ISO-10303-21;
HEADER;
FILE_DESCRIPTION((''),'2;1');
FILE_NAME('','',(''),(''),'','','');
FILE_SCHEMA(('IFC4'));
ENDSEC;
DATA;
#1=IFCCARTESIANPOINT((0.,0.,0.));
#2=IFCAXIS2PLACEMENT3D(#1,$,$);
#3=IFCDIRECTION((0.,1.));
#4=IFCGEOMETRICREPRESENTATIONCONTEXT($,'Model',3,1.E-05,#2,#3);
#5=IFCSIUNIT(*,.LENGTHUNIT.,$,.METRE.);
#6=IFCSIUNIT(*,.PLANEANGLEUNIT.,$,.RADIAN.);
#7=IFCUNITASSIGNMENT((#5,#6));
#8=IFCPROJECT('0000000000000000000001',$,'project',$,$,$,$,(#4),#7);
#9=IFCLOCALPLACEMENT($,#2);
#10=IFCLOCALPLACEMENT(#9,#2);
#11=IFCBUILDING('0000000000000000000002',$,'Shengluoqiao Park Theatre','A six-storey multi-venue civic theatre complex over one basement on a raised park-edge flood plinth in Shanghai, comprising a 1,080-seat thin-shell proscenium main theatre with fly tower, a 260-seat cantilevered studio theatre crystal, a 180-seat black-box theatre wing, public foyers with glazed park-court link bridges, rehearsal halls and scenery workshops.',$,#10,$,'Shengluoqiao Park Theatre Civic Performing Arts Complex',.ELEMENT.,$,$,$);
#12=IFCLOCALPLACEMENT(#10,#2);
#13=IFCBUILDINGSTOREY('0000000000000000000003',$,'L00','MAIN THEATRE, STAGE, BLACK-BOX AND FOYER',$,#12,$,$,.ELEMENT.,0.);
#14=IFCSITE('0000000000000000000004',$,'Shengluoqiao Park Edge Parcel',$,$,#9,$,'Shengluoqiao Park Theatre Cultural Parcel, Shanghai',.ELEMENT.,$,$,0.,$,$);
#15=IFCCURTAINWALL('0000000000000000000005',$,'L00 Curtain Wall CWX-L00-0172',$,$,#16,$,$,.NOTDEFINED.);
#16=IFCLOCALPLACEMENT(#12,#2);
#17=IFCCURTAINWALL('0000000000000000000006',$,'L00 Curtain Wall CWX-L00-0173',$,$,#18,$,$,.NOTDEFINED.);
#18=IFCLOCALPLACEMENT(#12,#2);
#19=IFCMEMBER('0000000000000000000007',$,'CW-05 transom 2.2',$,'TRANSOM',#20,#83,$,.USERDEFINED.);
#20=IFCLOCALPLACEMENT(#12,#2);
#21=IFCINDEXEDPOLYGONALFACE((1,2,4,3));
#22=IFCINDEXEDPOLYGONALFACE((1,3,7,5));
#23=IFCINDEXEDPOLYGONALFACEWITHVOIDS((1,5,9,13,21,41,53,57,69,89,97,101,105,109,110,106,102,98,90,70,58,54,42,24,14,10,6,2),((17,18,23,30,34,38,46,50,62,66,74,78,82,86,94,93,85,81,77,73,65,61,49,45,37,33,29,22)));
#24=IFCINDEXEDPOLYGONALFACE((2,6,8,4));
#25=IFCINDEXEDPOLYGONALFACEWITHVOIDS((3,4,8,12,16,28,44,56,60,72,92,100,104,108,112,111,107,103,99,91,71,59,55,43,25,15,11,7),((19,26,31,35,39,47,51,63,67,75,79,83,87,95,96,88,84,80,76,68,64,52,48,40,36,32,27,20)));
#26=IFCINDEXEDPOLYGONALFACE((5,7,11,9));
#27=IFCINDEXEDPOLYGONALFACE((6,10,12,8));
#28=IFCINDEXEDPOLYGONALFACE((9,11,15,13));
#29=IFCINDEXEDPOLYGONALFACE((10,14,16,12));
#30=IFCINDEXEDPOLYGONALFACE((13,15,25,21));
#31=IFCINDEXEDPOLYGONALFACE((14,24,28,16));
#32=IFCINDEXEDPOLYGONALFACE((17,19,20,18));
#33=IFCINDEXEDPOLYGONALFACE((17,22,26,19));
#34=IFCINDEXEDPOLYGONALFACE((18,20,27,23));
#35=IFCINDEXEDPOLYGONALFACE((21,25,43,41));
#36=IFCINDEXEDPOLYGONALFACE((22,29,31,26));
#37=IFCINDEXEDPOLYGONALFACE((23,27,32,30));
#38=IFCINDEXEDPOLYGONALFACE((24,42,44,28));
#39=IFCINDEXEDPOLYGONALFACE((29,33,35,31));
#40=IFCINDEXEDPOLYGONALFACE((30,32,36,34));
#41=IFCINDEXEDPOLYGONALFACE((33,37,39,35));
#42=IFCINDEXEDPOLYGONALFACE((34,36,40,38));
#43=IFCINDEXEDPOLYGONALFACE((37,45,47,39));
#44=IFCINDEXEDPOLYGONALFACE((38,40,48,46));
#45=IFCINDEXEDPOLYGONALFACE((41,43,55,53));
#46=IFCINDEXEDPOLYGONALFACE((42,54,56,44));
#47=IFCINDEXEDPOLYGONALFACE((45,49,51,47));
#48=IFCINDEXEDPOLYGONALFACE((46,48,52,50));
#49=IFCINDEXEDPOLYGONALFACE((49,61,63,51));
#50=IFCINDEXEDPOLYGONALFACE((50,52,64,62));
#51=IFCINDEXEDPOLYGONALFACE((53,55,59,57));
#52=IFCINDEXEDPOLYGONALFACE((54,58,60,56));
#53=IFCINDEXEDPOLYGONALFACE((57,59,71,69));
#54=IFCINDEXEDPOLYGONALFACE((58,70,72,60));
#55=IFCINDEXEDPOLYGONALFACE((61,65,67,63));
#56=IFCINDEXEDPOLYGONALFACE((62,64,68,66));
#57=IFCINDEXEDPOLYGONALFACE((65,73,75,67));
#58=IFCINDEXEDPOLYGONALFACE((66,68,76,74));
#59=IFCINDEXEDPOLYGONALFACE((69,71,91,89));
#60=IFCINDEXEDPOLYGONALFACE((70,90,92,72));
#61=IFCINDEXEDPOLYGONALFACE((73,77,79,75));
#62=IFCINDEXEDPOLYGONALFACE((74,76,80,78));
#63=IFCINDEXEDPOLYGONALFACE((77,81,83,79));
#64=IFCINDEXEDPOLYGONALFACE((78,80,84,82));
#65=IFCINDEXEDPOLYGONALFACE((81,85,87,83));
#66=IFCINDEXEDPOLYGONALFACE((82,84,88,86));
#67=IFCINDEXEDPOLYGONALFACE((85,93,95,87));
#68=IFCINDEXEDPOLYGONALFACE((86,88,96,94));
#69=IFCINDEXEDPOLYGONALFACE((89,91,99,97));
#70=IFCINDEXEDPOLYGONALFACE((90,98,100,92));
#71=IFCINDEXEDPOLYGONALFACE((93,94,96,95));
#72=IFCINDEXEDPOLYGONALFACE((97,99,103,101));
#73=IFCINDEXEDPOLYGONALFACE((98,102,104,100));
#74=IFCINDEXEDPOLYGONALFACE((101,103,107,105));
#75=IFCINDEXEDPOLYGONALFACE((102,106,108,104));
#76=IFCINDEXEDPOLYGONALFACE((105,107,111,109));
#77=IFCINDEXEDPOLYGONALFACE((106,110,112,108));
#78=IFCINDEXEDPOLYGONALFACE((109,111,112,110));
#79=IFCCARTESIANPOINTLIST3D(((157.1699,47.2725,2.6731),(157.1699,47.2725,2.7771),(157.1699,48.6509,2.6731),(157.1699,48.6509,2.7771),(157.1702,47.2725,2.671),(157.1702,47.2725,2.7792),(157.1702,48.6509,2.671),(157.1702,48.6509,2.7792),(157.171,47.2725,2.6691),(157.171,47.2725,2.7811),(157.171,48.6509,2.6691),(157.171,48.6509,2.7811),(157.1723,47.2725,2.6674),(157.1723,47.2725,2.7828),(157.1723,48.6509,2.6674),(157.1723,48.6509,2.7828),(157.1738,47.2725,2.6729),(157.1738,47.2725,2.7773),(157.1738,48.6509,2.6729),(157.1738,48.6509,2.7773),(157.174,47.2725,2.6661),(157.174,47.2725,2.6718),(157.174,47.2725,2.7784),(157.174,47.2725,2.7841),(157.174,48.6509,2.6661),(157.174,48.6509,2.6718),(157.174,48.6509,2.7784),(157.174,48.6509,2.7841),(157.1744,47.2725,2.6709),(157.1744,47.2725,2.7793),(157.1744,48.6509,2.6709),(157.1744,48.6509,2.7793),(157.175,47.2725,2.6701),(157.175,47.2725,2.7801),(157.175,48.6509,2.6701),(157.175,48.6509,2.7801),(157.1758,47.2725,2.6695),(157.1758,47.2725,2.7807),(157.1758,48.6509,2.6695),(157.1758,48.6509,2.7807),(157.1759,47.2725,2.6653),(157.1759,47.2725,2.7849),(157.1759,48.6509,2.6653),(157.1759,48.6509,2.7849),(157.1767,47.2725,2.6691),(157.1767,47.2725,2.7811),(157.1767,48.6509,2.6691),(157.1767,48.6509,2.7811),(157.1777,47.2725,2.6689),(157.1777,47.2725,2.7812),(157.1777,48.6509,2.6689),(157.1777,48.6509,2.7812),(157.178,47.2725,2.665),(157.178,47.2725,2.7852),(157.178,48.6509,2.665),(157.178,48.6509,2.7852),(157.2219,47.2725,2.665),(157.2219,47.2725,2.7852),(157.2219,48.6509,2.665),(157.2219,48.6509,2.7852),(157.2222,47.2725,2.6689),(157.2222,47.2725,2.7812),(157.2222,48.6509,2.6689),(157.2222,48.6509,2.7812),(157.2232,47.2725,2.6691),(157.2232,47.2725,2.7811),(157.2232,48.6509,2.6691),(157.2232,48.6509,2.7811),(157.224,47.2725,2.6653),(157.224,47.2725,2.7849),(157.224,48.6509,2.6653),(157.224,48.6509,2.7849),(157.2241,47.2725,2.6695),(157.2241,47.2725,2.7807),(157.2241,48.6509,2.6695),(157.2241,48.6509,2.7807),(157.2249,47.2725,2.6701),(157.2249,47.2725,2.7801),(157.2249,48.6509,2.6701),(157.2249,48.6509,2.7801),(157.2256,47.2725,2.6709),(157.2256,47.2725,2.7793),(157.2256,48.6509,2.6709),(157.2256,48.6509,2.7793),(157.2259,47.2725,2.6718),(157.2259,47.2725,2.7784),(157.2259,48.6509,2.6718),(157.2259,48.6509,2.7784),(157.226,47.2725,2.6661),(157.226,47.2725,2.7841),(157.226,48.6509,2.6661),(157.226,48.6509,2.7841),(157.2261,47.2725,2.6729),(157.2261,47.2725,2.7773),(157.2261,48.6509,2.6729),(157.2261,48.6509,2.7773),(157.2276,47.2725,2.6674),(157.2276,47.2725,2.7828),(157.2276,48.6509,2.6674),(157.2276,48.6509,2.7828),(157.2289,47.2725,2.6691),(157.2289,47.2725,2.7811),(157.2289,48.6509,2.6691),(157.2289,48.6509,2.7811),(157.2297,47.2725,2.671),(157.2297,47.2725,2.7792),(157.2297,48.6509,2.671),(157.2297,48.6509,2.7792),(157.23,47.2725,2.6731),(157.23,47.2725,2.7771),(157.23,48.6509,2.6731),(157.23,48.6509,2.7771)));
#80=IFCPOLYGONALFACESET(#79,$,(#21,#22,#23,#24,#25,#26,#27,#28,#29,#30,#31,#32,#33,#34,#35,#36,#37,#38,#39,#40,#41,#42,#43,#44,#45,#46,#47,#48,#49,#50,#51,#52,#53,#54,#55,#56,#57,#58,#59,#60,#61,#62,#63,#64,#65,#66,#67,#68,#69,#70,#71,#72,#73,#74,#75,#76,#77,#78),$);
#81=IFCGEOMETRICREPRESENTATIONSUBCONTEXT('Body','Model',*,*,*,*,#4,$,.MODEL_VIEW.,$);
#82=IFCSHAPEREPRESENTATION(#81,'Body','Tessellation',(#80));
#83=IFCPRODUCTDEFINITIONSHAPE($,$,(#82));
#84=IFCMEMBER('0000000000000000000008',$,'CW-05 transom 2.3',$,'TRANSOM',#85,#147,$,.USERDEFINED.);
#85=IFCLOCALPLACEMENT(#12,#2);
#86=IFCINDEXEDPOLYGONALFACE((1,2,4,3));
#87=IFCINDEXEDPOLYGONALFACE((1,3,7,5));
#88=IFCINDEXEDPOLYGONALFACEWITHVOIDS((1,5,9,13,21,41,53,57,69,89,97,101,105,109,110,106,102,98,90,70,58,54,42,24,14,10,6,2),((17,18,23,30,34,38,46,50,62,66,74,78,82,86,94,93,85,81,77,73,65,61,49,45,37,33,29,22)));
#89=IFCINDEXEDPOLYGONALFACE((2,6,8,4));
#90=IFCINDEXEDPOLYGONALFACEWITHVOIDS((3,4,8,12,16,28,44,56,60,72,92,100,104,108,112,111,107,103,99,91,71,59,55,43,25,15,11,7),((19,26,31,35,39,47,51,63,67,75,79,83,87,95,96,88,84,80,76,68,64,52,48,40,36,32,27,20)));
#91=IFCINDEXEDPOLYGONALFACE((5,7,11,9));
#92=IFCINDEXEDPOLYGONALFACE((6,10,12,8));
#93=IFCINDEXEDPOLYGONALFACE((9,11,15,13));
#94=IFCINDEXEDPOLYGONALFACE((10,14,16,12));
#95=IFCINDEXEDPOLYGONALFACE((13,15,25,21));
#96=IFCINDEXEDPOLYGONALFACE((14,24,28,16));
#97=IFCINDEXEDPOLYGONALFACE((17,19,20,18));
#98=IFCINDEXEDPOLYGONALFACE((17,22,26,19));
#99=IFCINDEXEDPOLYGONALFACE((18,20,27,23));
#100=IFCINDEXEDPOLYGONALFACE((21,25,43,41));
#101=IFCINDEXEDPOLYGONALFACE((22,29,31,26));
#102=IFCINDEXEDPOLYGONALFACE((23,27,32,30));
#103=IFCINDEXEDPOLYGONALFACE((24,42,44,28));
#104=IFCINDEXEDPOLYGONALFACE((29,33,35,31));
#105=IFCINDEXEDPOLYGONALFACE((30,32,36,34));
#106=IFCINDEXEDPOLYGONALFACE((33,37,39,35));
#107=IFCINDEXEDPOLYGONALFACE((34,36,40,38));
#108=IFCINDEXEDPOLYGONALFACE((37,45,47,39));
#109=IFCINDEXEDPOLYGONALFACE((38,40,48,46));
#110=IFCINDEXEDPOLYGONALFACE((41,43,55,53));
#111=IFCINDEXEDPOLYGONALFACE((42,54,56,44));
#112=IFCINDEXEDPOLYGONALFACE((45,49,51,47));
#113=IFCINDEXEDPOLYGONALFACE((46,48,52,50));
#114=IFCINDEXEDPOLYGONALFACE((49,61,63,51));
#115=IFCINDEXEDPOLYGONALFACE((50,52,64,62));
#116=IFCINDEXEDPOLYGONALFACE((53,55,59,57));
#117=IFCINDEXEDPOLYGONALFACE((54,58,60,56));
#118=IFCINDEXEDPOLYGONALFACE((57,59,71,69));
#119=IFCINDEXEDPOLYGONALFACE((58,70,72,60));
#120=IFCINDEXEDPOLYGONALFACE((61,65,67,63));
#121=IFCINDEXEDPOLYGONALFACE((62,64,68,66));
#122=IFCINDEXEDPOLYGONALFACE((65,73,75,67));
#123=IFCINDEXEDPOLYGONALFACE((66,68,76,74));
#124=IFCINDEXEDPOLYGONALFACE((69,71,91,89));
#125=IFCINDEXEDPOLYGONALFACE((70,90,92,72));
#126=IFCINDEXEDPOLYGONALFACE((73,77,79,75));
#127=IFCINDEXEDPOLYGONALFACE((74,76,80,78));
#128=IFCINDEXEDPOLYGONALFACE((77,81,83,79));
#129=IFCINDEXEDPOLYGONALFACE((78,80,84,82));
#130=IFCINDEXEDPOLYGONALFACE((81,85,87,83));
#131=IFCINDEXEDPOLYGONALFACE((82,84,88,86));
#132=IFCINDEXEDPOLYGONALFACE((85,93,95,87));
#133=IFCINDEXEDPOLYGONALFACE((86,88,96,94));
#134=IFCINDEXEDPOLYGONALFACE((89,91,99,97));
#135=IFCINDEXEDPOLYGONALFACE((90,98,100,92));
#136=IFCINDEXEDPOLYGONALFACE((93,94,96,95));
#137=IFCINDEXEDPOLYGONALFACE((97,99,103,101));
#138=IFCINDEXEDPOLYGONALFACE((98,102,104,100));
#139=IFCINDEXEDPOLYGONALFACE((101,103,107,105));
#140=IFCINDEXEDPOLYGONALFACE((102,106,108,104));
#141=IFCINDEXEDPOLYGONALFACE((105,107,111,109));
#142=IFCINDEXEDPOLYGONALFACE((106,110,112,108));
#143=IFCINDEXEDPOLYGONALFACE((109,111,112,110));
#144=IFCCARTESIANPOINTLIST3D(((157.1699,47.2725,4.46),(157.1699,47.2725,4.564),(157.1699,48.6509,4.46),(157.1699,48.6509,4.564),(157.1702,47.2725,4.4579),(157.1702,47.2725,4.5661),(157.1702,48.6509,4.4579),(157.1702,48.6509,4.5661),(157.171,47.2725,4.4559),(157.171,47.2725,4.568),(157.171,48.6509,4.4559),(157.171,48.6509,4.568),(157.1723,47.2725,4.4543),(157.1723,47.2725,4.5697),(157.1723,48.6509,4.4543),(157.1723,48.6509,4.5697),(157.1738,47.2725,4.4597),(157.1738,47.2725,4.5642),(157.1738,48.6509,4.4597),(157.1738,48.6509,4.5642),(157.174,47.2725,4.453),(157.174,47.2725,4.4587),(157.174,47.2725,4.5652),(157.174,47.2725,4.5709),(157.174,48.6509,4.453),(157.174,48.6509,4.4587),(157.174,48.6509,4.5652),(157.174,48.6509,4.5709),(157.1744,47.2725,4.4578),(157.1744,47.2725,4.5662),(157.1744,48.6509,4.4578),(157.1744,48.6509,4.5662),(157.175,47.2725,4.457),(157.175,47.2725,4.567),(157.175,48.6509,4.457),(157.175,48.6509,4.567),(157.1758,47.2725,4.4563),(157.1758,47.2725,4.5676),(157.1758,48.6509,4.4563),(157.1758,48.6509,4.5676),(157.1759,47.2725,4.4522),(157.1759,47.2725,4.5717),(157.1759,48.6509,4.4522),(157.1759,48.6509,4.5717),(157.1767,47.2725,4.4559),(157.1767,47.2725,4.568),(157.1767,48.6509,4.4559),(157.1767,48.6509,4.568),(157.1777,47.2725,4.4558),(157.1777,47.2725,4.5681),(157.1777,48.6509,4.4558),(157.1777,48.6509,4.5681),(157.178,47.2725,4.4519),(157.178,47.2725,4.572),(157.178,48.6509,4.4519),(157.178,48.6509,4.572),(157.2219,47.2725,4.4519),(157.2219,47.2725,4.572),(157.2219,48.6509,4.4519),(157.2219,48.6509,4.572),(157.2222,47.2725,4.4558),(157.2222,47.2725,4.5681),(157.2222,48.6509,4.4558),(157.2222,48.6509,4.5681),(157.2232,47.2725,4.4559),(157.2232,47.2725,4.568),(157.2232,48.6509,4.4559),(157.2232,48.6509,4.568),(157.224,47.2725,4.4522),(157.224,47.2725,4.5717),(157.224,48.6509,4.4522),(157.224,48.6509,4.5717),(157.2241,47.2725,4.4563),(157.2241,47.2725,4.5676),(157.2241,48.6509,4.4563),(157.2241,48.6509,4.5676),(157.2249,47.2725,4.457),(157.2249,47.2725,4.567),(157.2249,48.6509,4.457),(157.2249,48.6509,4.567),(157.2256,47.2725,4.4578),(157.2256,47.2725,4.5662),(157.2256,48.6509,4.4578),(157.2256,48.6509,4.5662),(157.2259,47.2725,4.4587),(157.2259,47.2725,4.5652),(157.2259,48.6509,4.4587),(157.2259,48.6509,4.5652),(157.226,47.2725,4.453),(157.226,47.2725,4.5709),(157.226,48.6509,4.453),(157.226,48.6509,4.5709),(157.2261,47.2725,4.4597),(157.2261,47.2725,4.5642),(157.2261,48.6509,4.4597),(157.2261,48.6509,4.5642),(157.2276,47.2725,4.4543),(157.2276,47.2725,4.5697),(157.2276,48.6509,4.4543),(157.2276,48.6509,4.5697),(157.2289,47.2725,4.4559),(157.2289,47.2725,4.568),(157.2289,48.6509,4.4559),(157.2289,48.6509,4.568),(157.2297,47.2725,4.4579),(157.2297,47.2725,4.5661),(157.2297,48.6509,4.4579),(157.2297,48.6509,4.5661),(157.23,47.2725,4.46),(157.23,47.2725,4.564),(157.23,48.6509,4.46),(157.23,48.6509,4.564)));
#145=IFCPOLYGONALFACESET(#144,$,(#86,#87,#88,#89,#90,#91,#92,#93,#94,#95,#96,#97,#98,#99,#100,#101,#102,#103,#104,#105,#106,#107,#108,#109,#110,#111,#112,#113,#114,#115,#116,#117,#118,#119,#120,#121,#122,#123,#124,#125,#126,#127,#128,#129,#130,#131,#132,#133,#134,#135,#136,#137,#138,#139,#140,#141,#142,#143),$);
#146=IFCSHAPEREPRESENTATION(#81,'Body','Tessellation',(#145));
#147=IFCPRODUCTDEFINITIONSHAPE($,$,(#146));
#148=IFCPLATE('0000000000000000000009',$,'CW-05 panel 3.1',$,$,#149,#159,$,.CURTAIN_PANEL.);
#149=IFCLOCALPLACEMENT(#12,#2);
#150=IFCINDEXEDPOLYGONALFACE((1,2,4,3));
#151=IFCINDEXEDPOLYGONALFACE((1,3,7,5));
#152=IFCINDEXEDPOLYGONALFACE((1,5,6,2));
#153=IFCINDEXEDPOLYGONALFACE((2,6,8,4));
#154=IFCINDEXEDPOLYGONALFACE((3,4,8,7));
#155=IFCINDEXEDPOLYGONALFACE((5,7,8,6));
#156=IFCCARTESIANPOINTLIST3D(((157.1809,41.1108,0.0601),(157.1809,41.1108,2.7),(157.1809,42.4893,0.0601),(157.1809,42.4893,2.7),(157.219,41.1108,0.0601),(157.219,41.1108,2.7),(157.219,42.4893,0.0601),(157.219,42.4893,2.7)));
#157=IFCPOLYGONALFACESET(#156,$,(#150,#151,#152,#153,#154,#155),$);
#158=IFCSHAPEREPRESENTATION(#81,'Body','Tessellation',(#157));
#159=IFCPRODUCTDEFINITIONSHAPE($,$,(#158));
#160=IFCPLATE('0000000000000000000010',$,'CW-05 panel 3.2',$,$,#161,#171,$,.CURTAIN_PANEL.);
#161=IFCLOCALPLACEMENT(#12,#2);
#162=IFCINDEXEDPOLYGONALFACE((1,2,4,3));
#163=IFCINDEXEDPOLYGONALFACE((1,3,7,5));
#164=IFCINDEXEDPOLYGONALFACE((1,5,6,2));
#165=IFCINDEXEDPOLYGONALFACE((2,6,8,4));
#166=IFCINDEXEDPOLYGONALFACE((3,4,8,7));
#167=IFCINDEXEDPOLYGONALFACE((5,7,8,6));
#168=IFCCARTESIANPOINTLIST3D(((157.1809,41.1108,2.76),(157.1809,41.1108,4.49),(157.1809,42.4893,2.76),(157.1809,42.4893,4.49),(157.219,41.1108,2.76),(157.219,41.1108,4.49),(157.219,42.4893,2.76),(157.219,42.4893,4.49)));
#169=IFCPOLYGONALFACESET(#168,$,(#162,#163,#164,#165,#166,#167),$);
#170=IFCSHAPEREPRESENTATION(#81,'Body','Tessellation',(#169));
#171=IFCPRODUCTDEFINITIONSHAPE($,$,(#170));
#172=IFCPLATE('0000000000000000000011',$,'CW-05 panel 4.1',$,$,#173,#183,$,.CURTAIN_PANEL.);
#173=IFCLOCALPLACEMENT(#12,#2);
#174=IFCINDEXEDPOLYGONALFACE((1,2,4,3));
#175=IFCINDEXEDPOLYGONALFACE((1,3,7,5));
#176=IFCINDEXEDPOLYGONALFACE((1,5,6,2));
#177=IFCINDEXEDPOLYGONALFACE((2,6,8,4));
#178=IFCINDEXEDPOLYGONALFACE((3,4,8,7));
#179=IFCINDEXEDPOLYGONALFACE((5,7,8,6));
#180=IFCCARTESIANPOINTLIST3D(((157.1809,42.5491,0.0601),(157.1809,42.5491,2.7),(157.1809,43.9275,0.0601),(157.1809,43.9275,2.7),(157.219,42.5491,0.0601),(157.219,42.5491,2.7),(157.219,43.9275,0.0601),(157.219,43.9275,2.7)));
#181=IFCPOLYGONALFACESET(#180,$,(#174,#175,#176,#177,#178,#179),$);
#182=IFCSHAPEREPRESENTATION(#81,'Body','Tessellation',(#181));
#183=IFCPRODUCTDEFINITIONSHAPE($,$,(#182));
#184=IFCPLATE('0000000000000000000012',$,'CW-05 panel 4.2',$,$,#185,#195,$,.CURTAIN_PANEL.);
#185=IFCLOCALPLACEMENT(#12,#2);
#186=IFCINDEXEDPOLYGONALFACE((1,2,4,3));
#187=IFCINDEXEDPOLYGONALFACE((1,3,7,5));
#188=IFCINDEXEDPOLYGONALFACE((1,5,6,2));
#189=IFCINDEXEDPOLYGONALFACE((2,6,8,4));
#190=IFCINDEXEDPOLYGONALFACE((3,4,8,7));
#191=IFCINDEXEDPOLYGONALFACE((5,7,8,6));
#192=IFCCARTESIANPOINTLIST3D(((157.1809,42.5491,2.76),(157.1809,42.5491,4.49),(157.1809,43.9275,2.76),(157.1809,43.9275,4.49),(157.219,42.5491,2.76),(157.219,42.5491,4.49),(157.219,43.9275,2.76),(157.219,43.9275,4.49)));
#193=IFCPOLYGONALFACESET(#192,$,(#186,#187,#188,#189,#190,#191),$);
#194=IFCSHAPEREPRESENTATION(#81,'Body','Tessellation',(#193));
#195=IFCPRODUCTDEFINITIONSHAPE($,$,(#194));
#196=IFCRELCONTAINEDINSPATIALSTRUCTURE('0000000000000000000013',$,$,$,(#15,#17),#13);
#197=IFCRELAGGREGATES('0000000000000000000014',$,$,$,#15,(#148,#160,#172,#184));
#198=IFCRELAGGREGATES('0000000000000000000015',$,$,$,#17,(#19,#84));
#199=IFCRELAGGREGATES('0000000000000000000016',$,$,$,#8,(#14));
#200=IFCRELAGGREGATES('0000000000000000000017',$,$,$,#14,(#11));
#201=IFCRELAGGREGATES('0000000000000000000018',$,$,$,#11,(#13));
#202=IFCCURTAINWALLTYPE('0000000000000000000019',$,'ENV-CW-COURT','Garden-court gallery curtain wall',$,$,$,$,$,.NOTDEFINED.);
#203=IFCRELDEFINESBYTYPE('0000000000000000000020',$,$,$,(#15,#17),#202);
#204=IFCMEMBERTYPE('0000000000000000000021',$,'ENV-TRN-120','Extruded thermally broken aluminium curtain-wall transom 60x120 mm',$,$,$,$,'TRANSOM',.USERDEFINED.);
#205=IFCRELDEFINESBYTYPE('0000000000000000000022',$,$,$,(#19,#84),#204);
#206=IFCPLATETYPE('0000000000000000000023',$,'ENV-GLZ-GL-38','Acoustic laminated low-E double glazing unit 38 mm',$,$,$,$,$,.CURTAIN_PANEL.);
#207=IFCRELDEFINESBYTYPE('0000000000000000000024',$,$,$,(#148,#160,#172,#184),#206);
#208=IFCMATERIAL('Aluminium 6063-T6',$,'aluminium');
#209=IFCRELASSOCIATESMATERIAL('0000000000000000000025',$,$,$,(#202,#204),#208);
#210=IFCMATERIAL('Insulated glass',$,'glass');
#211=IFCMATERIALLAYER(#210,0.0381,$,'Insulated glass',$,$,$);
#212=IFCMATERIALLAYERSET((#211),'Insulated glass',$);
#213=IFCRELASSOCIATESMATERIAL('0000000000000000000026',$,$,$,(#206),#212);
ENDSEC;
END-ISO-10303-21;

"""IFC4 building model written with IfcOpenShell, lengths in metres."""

from ifc_helpers import new_model, si_unit, direction, frame, origin, origin_2d, place, context, subcontext, project, spatial, rectangle, hollow_rectangle, extrude, material, layer, layer_set, material_profile, profile_set, type_object, element, aggregate, save


model = new_model("IFC4")

# Units and contexts
model_context = context("Model", 3, precision=1e-05, world=origin(), true_north=direction((0.0, 1.0)))
body_context = subcontext(model_context, "Body", "Model", "MODEL_VIEW")
ifc_project = project(units=[si_unit("LENGTHUNIT", "METRE"), si_unit("PLANEANGLEUNIT", "RADIAN")], contexts=[model_context])

# Site, building, storey
site_placement = place(None, origin())
site = spatial("IfcSite", under=ifc_project, at=site_placement, Name="Shengluoqiao Park Edge Parcel", LongName="Shengluoqiao Park Theatre Cultural Parcel, Shanghai", CompositionType="ELEMENT", RefElevation=0.0)
building_placement = place(site_placement, origin())
building = spatial("IfcBuilding", under=site, at=building_placement, Name="Shengluoqiao Park Theatre", Description="A six-storey multi-venue civic theatre complex over one basement on a raised park-edge flood plinth in Shanghai, comprising a 1,080-seat thin-shell proscenium main theatre with fly tower, a 260-seat cantilevered studio theatre crystal, a 180-seat black-box theatre wing, public foyers with glazed park-court link bridges, rehearsal halls and scenery workshops.", LongName="Shengluoqiao Park Theatre Civic Performing Arts Complex", CompositionType="ELEMENT")
storey_placement = place(building_placement, origin())
storey = spatial("IfcBuildingStorey", under=building, at=storey_placement, Name="L00", Description="MAIN THEATRE, STAGE, BLACK-BOX AND FOYER", CompositionType="ELEMENT", Elevation=0.0)

# Curtain walls
ifc_material_1 = material(Name="Aluminium 6063-T6", Category="aluminium")
curtain_wall_type = type_object("IfcCurtainWallType", Name="ENV-CW-COURT", Description="Garden-court gallery curtain wall", PredefinedType="NOTDEFINED", material=ifc_material_1)
curtain_wall_1_placement = place(storey_placement, origin())
curtain_wall_1 = element("IfcCurtainWall", 1, at=curtain_wall_1_placement, inside=storey, type_object=curtain_wall_type, Name="L00 Curtain Wall CWX-L00-0172", PredefinedType="NOTDEFINED")
curtain_wall_2_placement = place(storey_placement, origin())
curtain_wall_2 = element("IfcCurtainWall", 2, at=curtain_wall_2_placement, inside=storey, type_object=curtain_wall_type, Name="L00 Curtain Wall CWX-L00-0173", PredefinedType="NOTDEFINED")

# Members
ifc_material_profile_1 = material_profile(ifc_material_1, hollow_rectangle(XDim=0.0601, YDim=0.1201, WallThickness=0.0039, InnerFilletRadius=0.0039, OuterFilletRadius=0.0081, at=origin_2d()), Name="ALU TRANSOM 120x60x4")
ifc_profile_set_1 = profile_set([ifc_material_profile_1], Name="Aluminium 6063-T6")
member_type_1 = type_object("IfcMemberType", Name="ENV-TRN-120", Description="Extruded thermally broken aluminium curtain-wall transom 60x120 mm", ElementType="TRANSOM", PredefinedType="USERDEFINED", material=ifc_profile_set_1)
member_1_placement = place(storey_placement, frame((157.2, 47.2725, 2.7251), z_axis=(0.0, 1.0, 0.0), x_axis=(-1.0, 0.0, 0.0)))
member_1 = element("IfcMember", 3, at=member_1_placement, type_object=member_type_1, Name="CW-05 transom 2.2", ObjectType="TRANSOM", PredefinedType="USERDEFINED", context=body_context, shape_type="SweptSolid", body=[
    extrude(hollow_rectangle(XDim=0.0601, YDim=0.1201, WallThickness=0.0039, InnerFilletRadius=0.0039, OuterFilletRadius=0.0081, at=origin_2d()), origin(), (0.0, 0.0, 1.0), 1.3784),
])
member_2_placement = place(storey_placement, frame((157.2, 47.2725, 4.512), z_axis=(0.0, 1.0, 0.0), x_axis=(-1.0, 0.0, 0.0)))
member_2 = element("IfcMember", 4, at=member_2_placement, type_object=member_type_1, Name="CW-05 transom 2.3", ObjectType="TRANSOM", PredefinedType="USERDEFINED", context=body_context, shape_type="SweptSolid", body=[
    extrude(hollow_rectangle(XDim=0.0601, YDim=0.1201, WallThickness=0.0039, InnerFilletRadius=0.0039, OuterFilletRadius=0.0081, at=origin_2d()), origin(), (0.0, 0.0, 1.0), 1.3784),
])

# Plates
ifc_material_2 = material(Name="Insulated glass", Category="glass")
ifc_layer_1 = layer(ifc_material_2, 0.0381, Name="Insulated glass")
ifc_layer_set_1 = layer_set([ifc_layer_1], Name="Insulated glass")
plate_type = type_object("IfcPlateType", Name="ENV-GLZ-GL-38", Description="Acoustic laminated low-E double glazing unit 38 mm", PredefinedType="CURTAIN_PANEL", material=ifc_layer_set_1)
plate_1_placement = place(storey_placement, frame((157.2, 41.8, 0.0601), z_axis=(0.0, 0.0, 1.0), x_axis=(0.0, 1.0, 0.0)))
plate_1 = element("IfcPlate", 5, at=plate_1_placement, type_object=plate_type, Name="CW-05 panel 3.1", PredefinedType="CURTAIN_PANEL", context=body_context, shape_type="SweptSolid", body=[
    extrude(rectangle(XDim=1.3784, YDim=0.0381, at=origin_2d()), origin(), (0.0, 0.0, 1.0), 2.6399),
])
plate_2_placement = place(storey_placement, frame((157.2, 41.8, 2.76), z_axis=(0.0, 0.0, 1.0), x_axis=(0.0, 1.0, 0.0)))
plate_2 = element("IfcPlate", 6, at=plate_2_placement, type_object=plate_type, Name="CW-05 panel 3.2", PredefinedType="CURTAIN_PANEL", context=body_context, shape_type="SweptSolid", body=[
    extrude(rectangle(XDim=1.3784, YDim=0.0381, at=origin_2d()), origin(), (0.0, 0.0, 1.0), 1.73),
])
plate_3_placement = place(storey_placement, frame((157.2, 43.2383, 0.0601), z_axis=(0.0, 0.0, 1.0), x_axis=(0.0, 1.0, 0.0)))
plate_3 = element("IfcPlate", 7, at=plate_3_placement, type_object=plate_type, Name="CW-05 panel 4.1", PredefinedType="CURTAIN_PANEL", context=body_context, shape_type="SweptSolid", body=[
    extrude(rectangle(XDim=1.3784, YDim=0.0381, at=origin_2d()), origin(), (0.0, 0.0, 1.0), 2.6399),
])
plate_4_placement = place(storey_placement, frame((157.2, 43.2383, 2.76), z_axis=(0.0, 0.0, 1.0), x_axis=(0.0, 1.0, 0.0)))
plate_4 = element("IfcPlate", 8, at=plate_4_placement, type_object=plate_type, Name="CW-05 panel 4.2", PredefinedType="CURTAIN_PANEL", context=body_context, shape_type="SweptSolid", body=[
    extrude(rectangle(XDim=1.3784, YDim=0.0381, at=origin_2d()), origin(), (0.0, 0.0, 1.0), 1.73),
])
aggregate(curtain_wall_1, [plate_1, plate_2, plate_3, plate_4])
aggregate(curtain_wall_2, [member_1, member_2])

save(model, "model.ifc")
